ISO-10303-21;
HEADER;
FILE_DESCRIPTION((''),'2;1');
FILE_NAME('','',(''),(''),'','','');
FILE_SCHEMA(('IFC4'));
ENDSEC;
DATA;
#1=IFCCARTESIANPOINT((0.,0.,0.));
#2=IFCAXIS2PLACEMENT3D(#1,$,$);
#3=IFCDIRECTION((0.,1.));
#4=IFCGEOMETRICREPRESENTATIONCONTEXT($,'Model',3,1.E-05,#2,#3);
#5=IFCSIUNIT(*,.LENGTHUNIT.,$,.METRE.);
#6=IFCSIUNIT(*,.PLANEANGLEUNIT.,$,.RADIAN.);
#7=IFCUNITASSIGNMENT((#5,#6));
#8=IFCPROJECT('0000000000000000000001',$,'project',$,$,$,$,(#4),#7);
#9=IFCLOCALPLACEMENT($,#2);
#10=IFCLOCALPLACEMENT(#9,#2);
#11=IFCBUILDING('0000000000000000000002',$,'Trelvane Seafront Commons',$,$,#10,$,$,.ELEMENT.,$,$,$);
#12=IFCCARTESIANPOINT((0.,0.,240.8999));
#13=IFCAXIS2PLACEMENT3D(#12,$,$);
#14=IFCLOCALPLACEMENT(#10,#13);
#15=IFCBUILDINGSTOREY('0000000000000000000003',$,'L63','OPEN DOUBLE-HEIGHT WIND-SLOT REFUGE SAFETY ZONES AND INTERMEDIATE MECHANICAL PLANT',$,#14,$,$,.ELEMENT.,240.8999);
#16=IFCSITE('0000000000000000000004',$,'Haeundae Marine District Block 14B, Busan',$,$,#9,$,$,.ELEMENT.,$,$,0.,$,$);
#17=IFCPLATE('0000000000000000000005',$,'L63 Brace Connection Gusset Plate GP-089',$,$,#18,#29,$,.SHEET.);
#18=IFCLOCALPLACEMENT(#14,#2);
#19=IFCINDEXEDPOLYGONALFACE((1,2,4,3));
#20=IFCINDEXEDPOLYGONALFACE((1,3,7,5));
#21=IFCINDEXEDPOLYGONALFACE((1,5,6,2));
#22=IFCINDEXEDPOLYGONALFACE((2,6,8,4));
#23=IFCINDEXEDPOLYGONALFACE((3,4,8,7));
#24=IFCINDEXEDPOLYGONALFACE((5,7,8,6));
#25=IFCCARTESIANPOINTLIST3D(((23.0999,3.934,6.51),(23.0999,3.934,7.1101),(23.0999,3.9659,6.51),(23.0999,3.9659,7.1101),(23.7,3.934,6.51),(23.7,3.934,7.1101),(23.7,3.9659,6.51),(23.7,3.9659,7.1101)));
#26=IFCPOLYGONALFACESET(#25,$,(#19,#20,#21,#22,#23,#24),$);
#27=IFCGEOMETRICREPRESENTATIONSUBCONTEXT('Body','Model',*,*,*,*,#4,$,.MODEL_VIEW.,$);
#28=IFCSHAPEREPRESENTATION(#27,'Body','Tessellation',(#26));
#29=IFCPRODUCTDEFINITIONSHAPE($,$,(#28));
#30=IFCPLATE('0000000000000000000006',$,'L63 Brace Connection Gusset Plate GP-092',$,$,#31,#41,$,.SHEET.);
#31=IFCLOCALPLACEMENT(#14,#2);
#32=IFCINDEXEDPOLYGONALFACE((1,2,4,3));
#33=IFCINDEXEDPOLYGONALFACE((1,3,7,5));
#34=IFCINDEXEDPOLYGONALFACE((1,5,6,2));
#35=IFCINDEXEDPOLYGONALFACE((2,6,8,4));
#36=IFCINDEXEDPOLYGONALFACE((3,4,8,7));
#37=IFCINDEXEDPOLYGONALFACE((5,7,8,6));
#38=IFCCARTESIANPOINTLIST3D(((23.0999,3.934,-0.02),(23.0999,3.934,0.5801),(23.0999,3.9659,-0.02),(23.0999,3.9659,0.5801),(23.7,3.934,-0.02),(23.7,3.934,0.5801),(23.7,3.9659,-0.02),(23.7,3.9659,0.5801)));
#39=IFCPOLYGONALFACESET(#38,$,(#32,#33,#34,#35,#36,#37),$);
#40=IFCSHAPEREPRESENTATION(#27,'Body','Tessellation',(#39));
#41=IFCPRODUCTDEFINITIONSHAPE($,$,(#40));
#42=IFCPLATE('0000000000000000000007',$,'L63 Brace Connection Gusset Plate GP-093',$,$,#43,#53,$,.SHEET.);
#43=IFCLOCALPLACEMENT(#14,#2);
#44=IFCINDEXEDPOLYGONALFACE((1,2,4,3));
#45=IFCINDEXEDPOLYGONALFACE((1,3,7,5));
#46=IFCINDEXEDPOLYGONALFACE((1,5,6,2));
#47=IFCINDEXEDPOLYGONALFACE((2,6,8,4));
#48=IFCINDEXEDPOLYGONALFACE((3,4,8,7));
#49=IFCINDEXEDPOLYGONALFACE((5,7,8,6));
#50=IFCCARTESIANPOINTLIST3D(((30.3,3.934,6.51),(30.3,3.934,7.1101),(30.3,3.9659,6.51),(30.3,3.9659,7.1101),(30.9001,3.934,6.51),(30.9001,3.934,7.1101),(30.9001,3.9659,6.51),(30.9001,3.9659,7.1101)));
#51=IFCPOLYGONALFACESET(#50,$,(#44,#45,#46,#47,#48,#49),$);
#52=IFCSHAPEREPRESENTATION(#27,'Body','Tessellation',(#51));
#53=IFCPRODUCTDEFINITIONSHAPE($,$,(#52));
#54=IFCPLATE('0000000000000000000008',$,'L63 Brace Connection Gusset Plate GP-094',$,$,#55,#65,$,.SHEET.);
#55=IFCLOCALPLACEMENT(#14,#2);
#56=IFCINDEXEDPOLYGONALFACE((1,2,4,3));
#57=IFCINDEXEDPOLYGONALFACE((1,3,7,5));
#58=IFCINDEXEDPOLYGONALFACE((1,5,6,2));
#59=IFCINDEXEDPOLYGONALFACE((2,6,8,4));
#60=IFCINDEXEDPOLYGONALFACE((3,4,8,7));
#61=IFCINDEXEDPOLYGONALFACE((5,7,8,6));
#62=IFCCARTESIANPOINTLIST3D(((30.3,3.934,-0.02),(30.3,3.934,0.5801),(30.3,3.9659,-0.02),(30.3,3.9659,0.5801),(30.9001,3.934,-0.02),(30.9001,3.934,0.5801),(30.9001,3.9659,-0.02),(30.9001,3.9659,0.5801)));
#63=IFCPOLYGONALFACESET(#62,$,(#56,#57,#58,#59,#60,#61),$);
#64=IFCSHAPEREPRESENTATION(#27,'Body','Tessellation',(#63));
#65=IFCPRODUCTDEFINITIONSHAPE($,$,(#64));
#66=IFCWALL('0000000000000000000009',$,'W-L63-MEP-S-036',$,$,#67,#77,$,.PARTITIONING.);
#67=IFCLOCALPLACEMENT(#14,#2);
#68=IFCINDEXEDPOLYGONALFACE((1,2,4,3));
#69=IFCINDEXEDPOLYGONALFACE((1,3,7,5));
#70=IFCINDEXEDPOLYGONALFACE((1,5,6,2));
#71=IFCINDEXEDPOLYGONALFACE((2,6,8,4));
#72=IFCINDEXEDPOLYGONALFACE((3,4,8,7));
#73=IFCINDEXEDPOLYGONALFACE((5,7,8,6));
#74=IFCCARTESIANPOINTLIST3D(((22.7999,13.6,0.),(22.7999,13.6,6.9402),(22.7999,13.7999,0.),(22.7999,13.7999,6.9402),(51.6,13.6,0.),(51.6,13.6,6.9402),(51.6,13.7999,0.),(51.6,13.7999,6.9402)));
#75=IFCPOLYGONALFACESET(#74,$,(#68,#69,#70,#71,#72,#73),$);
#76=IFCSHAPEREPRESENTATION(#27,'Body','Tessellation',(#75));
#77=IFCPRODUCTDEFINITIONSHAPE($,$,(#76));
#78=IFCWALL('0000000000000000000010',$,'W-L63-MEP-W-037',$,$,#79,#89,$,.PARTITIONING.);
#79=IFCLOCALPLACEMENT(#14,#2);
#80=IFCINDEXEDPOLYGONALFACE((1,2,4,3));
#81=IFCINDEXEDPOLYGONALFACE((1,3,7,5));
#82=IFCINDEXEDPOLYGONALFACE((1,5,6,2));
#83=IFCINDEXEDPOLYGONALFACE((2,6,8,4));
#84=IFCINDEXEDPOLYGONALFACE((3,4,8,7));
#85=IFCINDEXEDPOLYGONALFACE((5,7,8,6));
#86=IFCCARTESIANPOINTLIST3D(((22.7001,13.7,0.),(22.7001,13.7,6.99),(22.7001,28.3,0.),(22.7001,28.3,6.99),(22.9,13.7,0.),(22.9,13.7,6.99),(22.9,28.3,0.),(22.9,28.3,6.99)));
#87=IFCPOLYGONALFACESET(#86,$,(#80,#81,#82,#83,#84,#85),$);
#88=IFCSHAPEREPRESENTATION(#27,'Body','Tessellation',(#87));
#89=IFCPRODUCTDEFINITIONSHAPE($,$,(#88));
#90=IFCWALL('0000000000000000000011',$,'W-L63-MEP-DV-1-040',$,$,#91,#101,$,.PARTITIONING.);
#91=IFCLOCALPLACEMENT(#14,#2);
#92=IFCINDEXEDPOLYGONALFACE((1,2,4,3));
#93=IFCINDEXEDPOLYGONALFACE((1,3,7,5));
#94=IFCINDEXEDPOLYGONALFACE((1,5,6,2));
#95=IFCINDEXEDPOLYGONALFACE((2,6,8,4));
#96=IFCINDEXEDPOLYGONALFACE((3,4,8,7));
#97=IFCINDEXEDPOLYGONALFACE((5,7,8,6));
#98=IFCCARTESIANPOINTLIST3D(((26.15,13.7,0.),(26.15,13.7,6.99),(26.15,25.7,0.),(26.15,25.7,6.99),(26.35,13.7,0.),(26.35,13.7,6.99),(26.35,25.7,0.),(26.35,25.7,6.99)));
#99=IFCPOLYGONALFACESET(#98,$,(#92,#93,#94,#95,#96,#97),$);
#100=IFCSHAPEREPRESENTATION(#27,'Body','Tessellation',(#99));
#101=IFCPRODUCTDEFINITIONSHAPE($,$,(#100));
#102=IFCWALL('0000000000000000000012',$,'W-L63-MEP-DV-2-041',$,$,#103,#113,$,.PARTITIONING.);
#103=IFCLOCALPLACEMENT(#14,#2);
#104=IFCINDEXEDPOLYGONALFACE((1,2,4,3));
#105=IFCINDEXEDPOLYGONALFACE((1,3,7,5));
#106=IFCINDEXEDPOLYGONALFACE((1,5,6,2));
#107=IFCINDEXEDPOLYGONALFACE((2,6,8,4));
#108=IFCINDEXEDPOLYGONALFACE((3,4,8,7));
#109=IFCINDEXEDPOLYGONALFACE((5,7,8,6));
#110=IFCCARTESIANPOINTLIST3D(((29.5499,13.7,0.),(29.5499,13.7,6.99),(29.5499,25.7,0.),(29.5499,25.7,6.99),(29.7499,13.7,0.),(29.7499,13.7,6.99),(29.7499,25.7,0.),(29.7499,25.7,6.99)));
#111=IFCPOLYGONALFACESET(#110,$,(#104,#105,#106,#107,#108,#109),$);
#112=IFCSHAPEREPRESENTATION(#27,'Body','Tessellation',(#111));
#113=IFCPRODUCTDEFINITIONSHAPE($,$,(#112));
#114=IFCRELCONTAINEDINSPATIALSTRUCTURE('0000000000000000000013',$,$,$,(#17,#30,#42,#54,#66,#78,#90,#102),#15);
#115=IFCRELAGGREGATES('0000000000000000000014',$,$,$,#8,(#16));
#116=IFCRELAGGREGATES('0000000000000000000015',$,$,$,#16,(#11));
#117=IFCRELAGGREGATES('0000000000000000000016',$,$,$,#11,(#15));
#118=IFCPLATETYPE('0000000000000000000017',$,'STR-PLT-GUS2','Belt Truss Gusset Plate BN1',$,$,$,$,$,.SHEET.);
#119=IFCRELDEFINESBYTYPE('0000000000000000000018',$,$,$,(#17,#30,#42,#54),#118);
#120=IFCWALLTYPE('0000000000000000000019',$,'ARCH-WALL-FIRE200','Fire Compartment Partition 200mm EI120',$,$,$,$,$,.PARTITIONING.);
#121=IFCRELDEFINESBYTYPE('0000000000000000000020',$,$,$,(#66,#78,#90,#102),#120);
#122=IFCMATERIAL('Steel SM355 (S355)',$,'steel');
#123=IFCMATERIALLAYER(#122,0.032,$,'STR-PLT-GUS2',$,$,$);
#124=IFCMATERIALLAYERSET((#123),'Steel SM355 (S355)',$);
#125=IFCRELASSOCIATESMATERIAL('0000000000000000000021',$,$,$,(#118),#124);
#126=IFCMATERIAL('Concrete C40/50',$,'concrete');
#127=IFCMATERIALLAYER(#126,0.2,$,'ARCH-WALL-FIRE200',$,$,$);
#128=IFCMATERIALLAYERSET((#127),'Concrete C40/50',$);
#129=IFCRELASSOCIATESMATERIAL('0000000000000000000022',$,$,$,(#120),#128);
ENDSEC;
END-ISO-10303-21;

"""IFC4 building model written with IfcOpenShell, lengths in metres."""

from ifc_helpers import new_model, si_unit, direction, frame, frame_2d, origin, origin_2d, place, context, subcontext, project, spatial, rectangle, extrude, source, transform, mapped, material, layer, layer_set, type_object, element, save


model = new_model("IFC4")

# Units and contexts
model_context = context("Model", 3, precision=1e-05, world=origin(), true_north=direction((0.0, 1.0)))
body_context = subcontext(model_context, "Body", "Model", "MODEL_VIEW")
ifc_project = project(units=[si_unit("LENGTHUNIT", "METRE"), si_unit("PLANEANGLEUNIT", "RADIAN")], contexts=[model_context])

# Site, building, storey
site_placement = place(None, origin())
site = spatial("IfcSite", under=ifc_project, at=site_placement, Name="Haeundae Marine District Block 14B, Busan", CompositionType="ELEMENT", RefElevation=0.0)
building_placement = place(site_placement, origin())
building = spatial("IfcBuilding", under=site, at=building_placement, Name="Trelvane Seafront Commons", CompositionType="ELEMENT")
storey_placement = place(building_placement, frame((0.0, 0.0, 240.8999)))
storey = spatial("IfcBuildingStorey", under=building, at=storey_placement, Name="L63", Description="OPEN DOUBLE-HEIGHT WIND-SLOT REFUGE SAFETY ZONES AND INTERMEDIATE MECHANICAL PLANT", CompositionType="ELEMENT", Elevation=240.8999)

# Shared definitions
ifc_material_1 = material(Name="Steel SM355 (S355)", Category="steel")

# Plates
ifc_layer_1 = layer(ifc_material_1, 0.032, Name="STR-PLT-GUS2")
ifc_layer_set_1 = layer_set([ifc_layer_1], Name="Steel SM355 (S355)")
plate_type = type_object("IfcPlateType", Name="STR-PLT-GUS2", Description="Belt Truss Gusset Plate BN1", PredefinedType="SHEET", material=ifc_layer_set_1)
shared_shape_1 = source(origin(), body_context, "Body", "SweptSolid", [
    extrude(rectangle(XDim=0.6001, YDim=0.032, at=origin_2d()), origin(), (0.0, 0.0, 1.0), 0.6001),
])
for number, where, z_axis, x_axis, name in (
    (1, (23.3999, 3.95, 6.51), (0.0, 0.0, 1.0), (1.0, 0.0, 0.0), "L63 Brace Connection Gusset Plate GP-089"),
    (2, (23.3999, 3.95, -0.02), (0.0, 0.0, 1.0), (1.0, 0.0, 0.0), "L63 Brace Connection Gusset Plate GP-092"),
    (3, (30.6001, 3.95, 6.51), (0.0, 0.0, 1.0), (1.0, 0.0, 0.0), "L63 Brace Connection Gusset Plate GP-093"),
    (4, (30.6001, 3.95, -0.02), (0.0, 0.0, 1.0), (1.0, 0.0, 0.0), "L63 Brace Connection Gusset Plate GP-094"),
):
    element("IfcPlate", number, at=place(storey_placement, frame(where, z_axis=z_axis, x_axis=x_axis)), inside=storey, type_object=plate_type, Name=name, PredefinedType="SHEET", context=body_context, shape_type="MappedRepresentation", body=[
        mapped(shared_shape_1, transform((0.0, 0.0, 0.0), x_axis=(1.0, 0.0, 0.0), y_axis=(0.0, 1.0, 0.0), z_axis=(0.0, 0.0, 1.0), scale=1.0)),
    ])

# Walls
ifc_material_2 = material(Name="Concrete C40/50", Category="concrete")
ifc_layer_2 = layer(ifc_material_2, 0.2, Name="ARCH-WALL-FIRE200")
ifc_layer_set_2 = layer_set([ifc_layer_2], Name="Concrete C40/50")
wall_type = type_object("IfcWallType", Name="ARCH-WALL-FIRE200", Description="Fire Compartment Partition 200mm EI120", PredefinedType="PARTITIONING", material=ifc_layer_set_2)
wall_1_placement = place(storey_placement, frame((22.8, 13.7, 0.0), z_axis=(0.0, 0.0, 1.0), x_axis=(1.0, 0.0, 0.0)))
element("IfcWall", 5, at=wall_1_placement, inside=storey, type_object=wall_type, Name="W-L63-MEP-S-036", PredefinedType="PARTITIONING", context=body_context, shape_type="SweptSolid", body=[
    extrude(rectangle(XDim=28.8, YDim=0.2, at=frame_2d((14.3999, 0.0))), origin(), (0.0, 0.0, 1.0), 6.9402),
])
wall_2_placement = place(storey_placement, frame((22.8, 13.7, 0.0), z_axis=(0.0, 0.0, 1.0), x_axis=(0.0, 1.0, 0.0)))
element("IfcWall", 6, at=wall_2_placement, inside=storey, type_object=wall_type, Name="W-L63-MEP-W-037", PredefinedType="PARTITIONING", context=body_context, shape_type="SweptSolid", body=[
    extrude(rectangle(XDim=14.6001, YDim=0.2, at=frame_2d((7.3, 0.0))), origin(), (0.0, 0.0, 1.0), 6.99),
])
for number, where, z_axis, x_axis, name in (
    (7, (26.25, 13.7, 0.0), (0.0, 0.0, 1.0), (0.0, 1.0, 0.0), "W-L63-MEP-DV-1-040"),
    (8, (29.6499, 13.7, 0.0), (0.0, 0.0, 1.0), (0.0, 1.0, 0.0), "W-L63-MEP-DV-2-041"),
):
    element("IfcWall", number, at=place(storey_placement, frame(where, z_axis=z_axis, x_axis=x_axis)), inside=storey, type_object=wall_type, Name=name, PredefinedType="PARTITIONING", context=body_context, shape_type="SweptSolid", body=[
        extrude(rectangle(XDim=12.0, YDim=0.2, at=frame_2d((6.0, 0.0))), origin(), (0.0, 0.0, 1.0), 6.99),
    ])

save(model, "model.ifc")
